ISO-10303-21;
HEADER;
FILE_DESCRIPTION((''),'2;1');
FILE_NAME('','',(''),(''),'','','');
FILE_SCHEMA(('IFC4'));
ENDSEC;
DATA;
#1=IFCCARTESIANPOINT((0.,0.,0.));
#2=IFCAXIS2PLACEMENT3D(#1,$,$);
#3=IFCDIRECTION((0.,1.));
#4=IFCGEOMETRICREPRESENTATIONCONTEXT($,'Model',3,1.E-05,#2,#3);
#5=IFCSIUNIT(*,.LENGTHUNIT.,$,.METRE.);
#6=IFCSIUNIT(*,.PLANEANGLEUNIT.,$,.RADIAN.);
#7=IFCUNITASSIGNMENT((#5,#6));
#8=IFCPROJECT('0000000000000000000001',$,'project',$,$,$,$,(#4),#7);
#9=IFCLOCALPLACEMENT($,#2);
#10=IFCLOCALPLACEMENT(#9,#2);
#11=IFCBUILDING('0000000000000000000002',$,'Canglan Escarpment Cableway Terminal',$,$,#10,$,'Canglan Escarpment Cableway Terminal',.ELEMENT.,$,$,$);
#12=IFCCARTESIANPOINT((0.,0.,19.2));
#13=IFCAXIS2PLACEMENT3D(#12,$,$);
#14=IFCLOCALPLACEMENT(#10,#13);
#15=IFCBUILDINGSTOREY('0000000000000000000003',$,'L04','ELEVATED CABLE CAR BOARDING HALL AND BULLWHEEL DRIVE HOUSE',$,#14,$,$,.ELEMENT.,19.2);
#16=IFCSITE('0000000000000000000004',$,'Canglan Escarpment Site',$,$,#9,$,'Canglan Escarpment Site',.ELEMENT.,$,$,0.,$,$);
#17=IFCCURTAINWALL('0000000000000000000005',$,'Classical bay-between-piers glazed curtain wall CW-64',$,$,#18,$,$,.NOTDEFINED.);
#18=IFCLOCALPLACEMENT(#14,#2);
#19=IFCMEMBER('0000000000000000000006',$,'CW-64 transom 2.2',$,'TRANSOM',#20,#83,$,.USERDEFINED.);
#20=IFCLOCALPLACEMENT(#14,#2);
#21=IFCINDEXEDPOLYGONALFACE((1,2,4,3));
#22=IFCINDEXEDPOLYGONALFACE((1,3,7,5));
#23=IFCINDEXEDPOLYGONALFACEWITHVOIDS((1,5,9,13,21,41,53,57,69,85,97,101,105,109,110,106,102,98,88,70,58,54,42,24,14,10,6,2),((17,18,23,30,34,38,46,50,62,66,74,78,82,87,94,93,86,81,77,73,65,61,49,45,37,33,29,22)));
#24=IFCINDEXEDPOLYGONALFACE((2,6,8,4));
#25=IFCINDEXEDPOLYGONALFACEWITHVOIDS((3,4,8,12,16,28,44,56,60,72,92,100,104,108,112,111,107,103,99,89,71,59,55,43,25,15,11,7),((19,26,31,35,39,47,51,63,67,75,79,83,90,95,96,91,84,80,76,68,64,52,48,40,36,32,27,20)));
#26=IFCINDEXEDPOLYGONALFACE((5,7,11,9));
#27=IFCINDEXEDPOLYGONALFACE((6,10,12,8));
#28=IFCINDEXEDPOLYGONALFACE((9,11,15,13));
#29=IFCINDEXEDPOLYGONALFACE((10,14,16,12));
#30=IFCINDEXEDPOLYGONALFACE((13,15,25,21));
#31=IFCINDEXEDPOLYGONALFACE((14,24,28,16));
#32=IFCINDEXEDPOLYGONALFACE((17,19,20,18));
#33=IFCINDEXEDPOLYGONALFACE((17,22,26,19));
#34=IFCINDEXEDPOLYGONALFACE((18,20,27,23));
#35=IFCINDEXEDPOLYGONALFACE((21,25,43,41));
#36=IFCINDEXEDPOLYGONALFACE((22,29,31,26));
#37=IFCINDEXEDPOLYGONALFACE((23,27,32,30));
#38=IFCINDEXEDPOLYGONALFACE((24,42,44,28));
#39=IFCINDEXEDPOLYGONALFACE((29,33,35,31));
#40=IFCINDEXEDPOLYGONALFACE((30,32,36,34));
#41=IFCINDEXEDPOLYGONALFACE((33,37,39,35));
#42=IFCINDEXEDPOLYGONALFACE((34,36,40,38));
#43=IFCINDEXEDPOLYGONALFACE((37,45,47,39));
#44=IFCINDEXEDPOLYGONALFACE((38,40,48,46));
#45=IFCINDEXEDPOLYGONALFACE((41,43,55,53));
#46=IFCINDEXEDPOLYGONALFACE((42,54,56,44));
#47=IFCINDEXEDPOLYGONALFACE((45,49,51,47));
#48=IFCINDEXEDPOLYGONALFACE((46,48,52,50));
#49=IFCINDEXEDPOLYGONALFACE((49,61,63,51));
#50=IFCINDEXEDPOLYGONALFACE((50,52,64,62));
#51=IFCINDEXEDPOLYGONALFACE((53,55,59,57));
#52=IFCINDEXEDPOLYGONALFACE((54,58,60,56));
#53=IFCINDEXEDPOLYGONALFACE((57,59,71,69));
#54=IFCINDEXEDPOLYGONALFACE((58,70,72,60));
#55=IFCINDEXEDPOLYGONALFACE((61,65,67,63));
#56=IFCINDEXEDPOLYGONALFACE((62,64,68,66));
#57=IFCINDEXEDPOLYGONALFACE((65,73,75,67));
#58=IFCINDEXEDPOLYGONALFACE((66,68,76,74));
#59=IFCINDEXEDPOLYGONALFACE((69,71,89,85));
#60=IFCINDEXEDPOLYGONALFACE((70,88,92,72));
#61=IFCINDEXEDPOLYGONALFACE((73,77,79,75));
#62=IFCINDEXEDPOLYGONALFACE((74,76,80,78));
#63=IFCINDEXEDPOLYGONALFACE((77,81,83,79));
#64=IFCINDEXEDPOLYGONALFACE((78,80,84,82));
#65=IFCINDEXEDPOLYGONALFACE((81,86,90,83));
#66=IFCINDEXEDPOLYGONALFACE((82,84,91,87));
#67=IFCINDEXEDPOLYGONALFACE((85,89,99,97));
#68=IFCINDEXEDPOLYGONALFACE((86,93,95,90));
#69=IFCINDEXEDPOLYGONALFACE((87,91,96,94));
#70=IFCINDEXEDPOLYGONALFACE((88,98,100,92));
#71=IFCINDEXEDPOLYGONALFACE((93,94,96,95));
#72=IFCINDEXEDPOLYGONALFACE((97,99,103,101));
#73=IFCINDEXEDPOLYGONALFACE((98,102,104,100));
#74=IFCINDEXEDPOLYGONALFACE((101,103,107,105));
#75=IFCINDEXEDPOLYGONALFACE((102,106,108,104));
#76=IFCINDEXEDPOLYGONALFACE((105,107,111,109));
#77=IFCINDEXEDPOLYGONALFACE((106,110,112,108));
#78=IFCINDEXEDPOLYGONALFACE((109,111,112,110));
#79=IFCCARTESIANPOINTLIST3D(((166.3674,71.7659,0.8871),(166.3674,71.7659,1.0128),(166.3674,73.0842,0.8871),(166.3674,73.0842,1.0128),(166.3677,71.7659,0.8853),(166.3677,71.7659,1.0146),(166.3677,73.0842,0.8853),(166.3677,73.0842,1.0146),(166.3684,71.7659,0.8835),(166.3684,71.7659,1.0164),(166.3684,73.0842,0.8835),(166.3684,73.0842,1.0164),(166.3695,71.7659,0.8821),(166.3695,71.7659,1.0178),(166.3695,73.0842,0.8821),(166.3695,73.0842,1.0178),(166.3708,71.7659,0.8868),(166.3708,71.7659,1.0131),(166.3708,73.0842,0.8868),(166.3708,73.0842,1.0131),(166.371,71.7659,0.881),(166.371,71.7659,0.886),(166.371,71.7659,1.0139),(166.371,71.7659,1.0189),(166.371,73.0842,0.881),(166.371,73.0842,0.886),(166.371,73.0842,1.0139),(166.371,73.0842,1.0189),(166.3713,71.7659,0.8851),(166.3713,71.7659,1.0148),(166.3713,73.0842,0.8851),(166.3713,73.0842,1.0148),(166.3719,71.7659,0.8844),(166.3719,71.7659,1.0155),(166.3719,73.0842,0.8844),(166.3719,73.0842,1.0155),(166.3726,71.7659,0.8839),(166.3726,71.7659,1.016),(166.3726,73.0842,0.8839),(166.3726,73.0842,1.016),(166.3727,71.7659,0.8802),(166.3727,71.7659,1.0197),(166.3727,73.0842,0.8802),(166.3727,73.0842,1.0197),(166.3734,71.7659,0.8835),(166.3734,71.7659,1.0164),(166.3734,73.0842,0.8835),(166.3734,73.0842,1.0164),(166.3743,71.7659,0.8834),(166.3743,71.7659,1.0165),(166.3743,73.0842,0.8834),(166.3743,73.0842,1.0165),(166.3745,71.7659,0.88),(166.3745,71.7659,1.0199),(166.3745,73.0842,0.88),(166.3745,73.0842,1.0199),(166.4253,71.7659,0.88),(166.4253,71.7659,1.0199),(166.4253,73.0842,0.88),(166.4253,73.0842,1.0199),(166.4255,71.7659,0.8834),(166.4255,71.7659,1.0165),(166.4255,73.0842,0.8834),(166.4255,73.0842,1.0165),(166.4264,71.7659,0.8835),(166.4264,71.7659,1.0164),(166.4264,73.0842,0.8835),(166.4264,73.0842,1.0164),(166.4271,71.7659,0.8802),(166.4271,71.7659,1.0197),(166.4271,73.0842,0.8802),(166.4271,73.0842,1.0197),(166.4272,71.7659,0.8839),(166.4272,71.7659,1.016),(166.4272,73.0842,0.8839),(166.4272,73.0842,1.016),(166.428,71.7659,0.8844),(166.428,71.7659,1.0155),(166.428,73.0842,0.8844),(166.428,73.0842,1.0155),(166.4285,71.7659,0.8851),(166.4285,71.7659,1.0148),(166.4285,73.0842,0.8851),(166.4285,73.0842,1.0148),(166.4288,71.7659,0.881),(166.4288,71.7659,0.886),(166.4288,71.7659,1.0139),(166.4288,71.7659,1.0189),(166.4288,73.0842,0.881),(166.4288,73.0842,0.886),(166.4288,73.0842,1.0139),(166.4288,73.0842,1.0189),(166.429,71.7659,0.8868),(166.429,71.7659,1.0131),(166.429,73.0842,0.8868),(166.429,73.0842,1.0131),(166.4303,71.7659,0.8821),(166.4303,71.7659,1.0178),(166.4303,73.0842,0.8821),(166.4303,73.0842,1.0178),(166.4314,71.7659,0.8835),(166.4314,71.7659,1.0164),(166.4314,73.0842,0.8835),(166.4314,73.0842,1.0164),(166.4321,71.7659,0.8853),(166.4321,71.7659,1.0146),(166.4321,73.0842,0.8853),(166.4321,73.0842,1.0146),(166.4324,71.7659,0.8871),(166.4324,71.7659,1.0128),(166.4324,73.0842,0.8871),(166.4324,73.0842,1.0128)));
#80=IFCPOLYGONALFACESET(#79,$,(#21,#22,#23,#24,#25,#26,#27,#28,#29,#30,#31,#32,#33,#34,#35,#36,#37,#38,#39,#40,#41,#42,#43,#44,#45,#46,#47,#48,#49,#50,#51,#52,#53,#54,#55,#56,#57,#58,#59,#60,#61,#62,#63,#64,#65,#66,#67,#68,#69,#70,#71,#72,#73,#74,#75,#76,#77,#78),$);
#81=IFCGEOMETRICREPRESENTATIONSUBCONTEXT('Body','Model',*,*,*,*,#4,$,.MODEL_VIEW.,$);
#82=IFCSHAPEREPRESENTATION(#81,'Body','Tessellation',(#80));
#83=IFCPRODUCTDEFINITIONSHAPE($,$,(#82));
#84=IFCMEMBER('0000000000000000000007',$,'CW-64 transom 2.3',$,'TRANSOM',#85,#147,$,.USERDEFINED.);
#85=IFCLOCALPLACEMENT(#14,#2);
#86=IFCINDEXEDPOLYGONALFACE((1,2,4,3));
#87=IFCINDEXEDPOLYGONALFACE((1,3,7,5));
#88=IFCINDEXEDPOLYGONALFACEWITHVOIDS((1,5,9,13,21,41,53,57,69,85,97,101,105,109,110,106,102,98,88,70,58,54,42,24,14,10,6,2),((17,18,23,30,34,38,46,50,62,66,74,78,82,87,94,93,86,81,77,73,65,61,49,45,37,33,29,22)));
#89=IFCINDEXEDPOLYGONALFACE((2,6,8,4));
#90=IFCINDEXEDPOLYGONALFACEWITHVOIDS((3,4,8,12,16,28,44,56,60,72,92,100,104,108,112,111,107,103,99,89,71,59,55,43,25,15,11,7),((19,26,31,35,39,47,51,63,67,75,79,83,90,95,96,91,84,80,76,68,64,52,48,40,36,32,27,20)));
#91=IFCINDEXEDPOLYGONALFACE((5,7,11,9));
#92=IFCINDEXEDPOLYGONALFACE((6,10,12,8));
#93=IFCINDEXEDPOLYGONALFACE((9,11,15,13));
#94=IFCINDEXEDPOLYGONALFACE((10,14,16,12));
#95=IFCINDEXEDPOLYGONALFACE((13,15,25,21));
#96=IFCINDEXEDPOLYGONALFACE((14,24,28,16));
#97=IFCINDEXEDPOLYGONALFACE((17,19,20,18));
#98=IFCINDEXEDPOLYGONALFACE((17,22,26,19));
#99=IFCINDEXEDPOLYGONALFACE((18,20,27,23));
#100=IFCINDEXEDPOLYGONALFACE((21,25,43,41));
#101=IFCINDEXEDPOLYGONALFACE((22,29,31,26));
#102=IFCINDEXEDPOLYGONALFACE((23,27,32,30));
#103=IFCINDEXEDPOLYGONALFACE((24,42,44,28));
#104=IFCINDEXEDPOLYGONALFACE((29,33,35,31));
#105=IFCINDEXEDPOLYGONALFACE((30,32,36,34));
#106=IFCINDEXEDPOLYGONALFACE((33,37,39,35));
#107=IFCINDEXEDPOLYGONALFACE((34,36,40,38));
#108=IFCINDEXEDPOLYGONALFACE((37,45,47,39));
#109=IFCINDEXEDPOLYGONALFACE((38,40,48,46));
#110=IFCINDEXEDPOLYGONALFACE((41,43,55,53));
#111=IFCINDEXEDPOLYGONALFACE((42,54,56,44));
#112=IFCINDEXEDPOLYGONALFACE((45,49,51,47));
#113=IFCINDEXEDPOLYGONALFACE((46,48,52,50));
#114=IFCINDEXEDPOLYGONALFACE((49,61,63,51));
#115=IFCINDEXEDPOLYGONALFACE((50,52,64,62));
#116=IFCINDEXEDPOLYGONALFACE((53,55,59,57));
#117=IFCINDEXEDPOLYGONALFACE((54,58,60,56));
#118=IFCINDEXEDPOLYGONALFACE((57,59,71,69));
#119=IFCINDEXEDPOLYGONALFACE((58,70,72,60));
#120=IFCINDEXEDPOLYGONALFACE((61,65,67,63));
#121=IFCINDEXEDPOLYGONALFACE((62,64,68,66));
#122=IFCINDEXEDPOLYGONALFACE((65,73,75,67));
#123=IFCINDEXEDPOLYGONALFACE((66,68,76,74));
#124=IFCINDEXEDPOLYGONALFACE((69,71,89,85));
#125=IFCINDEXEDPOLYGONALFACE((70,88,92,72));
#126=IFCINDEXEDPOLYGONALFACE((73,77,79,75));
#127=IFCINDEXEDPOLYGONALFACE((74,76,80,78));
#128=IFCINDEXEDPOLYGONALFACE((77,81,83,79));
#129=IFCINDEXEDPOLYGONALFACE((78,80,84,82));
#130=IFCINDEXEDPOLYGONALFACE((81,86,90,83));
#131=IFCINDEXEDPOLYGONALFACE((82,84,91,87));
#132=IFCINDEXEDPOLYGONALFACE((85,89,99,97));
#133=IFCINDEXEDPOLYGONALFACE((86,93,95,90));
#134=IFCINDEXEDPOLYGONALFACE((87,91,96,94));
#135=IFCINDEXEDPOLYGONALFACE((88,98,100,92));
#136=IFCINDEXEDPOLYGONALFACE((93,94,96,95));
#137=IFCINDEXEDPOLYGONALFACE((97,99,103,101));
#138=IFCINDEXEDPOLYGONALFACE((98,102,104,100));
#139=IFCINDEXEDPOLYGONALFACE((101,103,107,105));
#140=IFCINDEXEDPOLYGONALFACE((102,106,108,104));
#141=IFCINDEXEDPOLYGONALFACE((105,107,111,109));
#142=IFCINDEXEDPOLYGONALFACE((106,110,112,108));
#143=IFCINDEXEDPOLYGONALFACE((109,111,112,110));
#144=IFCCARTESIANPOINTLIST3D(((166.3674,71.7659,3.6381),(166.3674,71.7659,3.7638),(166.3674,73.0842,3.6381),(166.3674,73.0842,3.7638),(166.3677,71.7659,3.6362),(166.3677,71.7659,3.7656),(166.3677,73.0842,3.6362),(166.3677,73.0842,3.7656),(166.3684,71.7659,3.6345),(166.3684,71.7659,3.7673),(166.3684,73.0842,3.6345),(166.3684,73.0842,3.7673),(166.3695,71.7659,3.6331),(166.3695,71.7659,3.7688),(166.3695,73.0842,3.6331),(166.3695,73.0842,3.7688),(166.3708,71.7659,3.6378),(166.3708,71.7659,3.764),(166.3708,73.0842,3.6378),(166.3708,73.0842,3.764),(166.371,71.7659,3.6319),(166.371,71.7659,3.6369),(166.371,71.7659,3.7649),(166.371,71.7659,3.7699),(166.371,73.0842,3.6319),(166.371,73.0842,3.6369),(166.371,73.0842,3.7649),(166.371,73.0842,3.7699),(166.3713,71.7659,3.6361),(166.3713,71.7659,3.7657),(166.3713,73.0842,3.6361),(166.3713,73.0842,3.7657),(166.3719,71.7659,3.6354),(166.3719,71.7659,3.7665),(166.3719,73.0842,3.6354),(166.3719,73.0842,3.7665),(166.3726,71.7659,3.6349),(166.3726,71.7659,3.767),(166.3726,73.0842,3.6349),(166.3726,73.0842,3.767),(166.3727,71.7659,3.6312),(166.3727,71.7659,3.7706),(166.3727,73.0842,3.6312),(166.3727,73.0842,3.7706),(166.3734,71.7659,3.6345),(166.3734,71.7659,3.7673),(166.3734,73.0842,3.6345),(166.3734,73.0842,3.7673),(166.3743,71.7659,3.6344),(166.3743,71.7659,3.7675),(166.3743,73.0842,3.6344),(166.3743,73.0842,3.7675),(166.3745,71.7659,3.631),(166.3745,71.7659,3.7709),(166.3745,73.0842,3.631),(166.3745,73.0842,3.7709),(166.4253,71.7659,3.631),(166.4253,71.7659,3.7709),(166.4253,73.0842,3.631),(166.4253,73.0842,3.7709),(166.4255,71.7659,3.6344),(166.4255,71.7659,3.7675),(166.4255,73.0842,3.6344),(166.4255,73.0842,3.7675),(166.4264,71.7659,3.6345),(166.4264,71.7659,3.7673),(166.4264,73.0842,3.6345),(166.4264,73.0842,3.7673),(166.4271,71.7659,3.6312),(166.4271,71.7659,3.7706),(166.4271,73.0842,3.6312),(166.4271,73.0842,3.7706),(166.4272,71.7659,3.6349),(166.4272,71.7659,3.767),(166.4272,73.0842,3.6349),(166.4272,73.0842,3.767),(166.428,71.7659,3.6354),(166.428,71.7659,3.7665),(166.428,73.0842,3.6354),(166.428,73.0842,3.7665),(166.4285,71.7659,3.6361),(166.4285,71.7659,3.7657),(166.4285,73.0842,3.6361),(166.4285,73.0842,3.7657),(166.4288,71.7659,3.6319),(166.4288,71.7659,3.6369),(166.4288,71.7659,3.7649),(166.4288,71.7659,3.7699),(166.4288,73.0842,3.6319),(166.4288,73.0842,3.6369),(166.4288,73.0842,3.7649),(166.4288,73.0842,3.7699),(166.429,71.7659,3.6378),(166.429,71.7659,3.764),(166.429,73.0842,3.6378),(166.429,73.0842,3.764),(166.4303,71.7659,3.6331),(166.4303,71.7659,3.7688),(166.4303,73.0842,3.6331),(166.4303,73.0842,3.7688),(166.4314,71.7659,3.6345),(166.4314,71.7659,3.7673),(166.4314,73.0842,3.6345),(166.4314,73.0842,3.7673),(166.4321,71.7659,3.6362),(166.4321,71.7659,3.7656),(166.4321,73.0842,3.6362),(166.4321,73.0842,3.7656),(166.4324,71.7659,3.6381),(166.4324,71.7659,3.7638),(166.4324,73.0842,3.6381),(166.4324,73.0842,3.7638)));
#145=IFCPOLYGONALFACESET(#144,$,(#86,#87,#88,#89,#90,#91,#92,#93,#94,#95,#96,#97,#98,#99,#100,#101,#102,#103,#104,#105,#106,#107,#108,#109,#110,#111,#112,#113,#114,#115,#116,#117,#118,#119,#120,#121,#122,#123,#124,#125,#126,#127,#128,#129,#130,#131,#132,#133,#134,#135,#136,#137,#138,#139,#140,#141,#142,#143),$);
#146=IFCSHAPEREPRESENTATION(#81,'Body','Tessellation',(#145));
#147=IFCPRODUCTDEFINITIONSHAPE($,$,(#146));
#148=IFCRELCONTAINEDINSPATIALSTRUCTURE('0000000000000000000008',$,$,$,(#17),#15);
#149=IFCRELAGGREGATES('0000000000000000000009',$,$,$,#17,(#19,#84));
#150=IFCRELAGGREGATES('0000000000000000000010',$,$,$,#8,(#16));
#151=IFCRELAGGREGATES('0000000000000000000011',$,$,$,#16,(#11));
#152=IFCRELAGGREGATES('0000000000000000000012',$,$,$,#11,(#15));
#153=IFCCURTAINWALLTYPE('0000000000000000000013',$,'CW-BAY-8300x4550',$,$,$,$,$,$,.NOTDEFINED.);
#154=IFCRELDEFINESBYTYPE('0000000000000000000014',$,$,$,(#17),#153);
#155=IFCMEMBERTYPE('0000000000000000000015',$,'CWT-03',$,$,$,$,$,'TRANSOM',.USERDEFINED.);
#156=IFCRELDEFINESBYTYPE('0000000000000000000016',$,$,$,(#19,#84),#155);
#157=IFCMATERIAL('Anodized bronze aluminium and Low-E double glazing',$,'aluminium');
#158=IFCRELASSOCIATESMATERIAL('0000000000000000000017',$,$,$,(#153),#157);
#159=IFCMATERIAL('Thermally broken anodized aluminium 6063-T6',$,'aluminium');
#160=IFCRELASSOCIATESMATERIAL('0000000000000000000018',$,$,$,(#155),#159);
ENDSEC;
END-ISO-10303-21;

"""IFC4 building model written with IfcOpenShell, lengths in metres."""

from ifc_helpers import new_model, si_unit, direction, frame, origin, origin_2d, place, context, subcontext, project, spatial, hollow_rectangle, extrude, material, material_profile, profile_set, type_object, element, aggregate, save


model = new_model("IFC4")

# Units and contexts
model_context = context("Model", 3, precision=1e-05, world=origin(), true_north=direction((0.0, 1.0)))
body_context = subcontext(model_context, "Body", "Model", "MODEL_VIEW")
ifc_project = project(units=[si_unit("LENGTHUNIT", "METRE"), si_unit("PLANEANGLEUNIT", "RADIAN")], contexts=[model_context])

# Site, building, storey
site_placement = place(None, origin())
site = spatial("IfcSite", under=ifc_project, at=site_placement, Name="Canglan Escarpment Site", LongName="Canglan Escarpment Site", CompositionType="ELEMENT", RefElevation=0.0)
building_placement = place(site_placement, origin())
building = spatial("IfcBuilding", under=site, at=building_placement, Name="Canglan Escarpment Cableway Terminal", LongName="Canglan Escarpment Cableway Terminal", CompositionType="ELEMENT")
storey_placement = place(building_placement, frame((0.0, 0.0, 19.2)))
storey = spatial("IfcBuildingStorey", under=building, at=storey_placement, Name="L04", Description="ELEVATED CABLE CAR BOARDING HALL AND BULLWHEEL DRIVE HOUSE", CompositionType="ELEMENT", Elevation=19.2)

# Curtain wall, members
ifc_material_1 = material(Name="Anodized bronze aluminium and Low-E double glazing", Category="aluminium")
curtain_wall_type = type_object("IfcCurtainWallType", Name="CW-BAY-8300x4550", PredefinedType="NOTDEFINED", material=ifc_material_1)
curtain_wall_placement = place(storey_placement, origin())
curtain_wall = element("IfcCurtainWall", 1, at=curtain_wall_placement, inside=storey, type_object=curtain_wall_type, Name="Classical bay-between-piers glazed curtain wall CW-64", PredefinedType="NOTDEFINED")
ifc_material_2 = material(Name="Thermally broken anodized aluminium 6063-T6", Category="aluminium")
ifc_material_profile_1 = material_profile(ifc_material_2, hollow_rectangle(XDim=0.0649, YDim=0.1399, WallThickness=0.0034, InnerFilletRadius=0.0034, OuterFilletRadius=0.0071, at=origin_2d()), Name="ALU-TRAN 65x140x3.5")
ifc_profile_set_1 = profile_set([ifc_material_profile_1], Name="Thermally broken anodized aluminium 6063-T6")
member_type_1 = type_object("IfcMemberType", Name="CWT-03", ElementType="TRANSOM", PredefinedType="USERDEFINED", material=ifc_profile_set_1)
member_1_placement = place(storey_placement, frame((166.3999, 71.7659, 0.95), z_axis=(0.0, 1.0, 0.0), x_axis=(-1.0, 0.0, 0.0)))
member_1 = element("IfcMember", 2, at=member_1_placement, type_object=member_type_1, Name="CW-64 transom 2.2", ObjectType="TRANSOM", PredefinedType="USERDEFINED", context=body_context, shape_type="SweptSolid", body=[
    extrude(hollow_rectangle(XDim=0.0649, YDim=0.1399, WallThickness=0.0034, InnerFilletRadius=0.0034, OuterFilletRadius=0.0071, at=origin_2d()), origin(), (0.0, 0.0, 1.0), 1.3184),
])
member_2_placement = place(storey_placement, frame((166.3999, 71.7659, 3.7009), z_axis=(0.0, 1.0, 0.0), x_axis=(-1.0, 0.0, 0.0)))
member_2 = element("IfcMember", 3, at=member_2_placement, type_object=member_type_1, Name="CW-64 transom 2.3", ObjectType="TRANSOM", PredefinedType="USERDEFINED", context=body_context, shape_type="SweptSolid", body=[
    extrude(hollow_rectangle(XDim=0.0649, YDim=0.1399, WallThickness=0.0034, InnerFilletRadius=0.0034, OuterFilletRadius=0.0071, at=origin_2d()), origin(), (0.0, 0.0, 1.0), 1.3184),
])
aggregate(curtain_wall, [member_1, member_2])

save(model, "model.ifc")
